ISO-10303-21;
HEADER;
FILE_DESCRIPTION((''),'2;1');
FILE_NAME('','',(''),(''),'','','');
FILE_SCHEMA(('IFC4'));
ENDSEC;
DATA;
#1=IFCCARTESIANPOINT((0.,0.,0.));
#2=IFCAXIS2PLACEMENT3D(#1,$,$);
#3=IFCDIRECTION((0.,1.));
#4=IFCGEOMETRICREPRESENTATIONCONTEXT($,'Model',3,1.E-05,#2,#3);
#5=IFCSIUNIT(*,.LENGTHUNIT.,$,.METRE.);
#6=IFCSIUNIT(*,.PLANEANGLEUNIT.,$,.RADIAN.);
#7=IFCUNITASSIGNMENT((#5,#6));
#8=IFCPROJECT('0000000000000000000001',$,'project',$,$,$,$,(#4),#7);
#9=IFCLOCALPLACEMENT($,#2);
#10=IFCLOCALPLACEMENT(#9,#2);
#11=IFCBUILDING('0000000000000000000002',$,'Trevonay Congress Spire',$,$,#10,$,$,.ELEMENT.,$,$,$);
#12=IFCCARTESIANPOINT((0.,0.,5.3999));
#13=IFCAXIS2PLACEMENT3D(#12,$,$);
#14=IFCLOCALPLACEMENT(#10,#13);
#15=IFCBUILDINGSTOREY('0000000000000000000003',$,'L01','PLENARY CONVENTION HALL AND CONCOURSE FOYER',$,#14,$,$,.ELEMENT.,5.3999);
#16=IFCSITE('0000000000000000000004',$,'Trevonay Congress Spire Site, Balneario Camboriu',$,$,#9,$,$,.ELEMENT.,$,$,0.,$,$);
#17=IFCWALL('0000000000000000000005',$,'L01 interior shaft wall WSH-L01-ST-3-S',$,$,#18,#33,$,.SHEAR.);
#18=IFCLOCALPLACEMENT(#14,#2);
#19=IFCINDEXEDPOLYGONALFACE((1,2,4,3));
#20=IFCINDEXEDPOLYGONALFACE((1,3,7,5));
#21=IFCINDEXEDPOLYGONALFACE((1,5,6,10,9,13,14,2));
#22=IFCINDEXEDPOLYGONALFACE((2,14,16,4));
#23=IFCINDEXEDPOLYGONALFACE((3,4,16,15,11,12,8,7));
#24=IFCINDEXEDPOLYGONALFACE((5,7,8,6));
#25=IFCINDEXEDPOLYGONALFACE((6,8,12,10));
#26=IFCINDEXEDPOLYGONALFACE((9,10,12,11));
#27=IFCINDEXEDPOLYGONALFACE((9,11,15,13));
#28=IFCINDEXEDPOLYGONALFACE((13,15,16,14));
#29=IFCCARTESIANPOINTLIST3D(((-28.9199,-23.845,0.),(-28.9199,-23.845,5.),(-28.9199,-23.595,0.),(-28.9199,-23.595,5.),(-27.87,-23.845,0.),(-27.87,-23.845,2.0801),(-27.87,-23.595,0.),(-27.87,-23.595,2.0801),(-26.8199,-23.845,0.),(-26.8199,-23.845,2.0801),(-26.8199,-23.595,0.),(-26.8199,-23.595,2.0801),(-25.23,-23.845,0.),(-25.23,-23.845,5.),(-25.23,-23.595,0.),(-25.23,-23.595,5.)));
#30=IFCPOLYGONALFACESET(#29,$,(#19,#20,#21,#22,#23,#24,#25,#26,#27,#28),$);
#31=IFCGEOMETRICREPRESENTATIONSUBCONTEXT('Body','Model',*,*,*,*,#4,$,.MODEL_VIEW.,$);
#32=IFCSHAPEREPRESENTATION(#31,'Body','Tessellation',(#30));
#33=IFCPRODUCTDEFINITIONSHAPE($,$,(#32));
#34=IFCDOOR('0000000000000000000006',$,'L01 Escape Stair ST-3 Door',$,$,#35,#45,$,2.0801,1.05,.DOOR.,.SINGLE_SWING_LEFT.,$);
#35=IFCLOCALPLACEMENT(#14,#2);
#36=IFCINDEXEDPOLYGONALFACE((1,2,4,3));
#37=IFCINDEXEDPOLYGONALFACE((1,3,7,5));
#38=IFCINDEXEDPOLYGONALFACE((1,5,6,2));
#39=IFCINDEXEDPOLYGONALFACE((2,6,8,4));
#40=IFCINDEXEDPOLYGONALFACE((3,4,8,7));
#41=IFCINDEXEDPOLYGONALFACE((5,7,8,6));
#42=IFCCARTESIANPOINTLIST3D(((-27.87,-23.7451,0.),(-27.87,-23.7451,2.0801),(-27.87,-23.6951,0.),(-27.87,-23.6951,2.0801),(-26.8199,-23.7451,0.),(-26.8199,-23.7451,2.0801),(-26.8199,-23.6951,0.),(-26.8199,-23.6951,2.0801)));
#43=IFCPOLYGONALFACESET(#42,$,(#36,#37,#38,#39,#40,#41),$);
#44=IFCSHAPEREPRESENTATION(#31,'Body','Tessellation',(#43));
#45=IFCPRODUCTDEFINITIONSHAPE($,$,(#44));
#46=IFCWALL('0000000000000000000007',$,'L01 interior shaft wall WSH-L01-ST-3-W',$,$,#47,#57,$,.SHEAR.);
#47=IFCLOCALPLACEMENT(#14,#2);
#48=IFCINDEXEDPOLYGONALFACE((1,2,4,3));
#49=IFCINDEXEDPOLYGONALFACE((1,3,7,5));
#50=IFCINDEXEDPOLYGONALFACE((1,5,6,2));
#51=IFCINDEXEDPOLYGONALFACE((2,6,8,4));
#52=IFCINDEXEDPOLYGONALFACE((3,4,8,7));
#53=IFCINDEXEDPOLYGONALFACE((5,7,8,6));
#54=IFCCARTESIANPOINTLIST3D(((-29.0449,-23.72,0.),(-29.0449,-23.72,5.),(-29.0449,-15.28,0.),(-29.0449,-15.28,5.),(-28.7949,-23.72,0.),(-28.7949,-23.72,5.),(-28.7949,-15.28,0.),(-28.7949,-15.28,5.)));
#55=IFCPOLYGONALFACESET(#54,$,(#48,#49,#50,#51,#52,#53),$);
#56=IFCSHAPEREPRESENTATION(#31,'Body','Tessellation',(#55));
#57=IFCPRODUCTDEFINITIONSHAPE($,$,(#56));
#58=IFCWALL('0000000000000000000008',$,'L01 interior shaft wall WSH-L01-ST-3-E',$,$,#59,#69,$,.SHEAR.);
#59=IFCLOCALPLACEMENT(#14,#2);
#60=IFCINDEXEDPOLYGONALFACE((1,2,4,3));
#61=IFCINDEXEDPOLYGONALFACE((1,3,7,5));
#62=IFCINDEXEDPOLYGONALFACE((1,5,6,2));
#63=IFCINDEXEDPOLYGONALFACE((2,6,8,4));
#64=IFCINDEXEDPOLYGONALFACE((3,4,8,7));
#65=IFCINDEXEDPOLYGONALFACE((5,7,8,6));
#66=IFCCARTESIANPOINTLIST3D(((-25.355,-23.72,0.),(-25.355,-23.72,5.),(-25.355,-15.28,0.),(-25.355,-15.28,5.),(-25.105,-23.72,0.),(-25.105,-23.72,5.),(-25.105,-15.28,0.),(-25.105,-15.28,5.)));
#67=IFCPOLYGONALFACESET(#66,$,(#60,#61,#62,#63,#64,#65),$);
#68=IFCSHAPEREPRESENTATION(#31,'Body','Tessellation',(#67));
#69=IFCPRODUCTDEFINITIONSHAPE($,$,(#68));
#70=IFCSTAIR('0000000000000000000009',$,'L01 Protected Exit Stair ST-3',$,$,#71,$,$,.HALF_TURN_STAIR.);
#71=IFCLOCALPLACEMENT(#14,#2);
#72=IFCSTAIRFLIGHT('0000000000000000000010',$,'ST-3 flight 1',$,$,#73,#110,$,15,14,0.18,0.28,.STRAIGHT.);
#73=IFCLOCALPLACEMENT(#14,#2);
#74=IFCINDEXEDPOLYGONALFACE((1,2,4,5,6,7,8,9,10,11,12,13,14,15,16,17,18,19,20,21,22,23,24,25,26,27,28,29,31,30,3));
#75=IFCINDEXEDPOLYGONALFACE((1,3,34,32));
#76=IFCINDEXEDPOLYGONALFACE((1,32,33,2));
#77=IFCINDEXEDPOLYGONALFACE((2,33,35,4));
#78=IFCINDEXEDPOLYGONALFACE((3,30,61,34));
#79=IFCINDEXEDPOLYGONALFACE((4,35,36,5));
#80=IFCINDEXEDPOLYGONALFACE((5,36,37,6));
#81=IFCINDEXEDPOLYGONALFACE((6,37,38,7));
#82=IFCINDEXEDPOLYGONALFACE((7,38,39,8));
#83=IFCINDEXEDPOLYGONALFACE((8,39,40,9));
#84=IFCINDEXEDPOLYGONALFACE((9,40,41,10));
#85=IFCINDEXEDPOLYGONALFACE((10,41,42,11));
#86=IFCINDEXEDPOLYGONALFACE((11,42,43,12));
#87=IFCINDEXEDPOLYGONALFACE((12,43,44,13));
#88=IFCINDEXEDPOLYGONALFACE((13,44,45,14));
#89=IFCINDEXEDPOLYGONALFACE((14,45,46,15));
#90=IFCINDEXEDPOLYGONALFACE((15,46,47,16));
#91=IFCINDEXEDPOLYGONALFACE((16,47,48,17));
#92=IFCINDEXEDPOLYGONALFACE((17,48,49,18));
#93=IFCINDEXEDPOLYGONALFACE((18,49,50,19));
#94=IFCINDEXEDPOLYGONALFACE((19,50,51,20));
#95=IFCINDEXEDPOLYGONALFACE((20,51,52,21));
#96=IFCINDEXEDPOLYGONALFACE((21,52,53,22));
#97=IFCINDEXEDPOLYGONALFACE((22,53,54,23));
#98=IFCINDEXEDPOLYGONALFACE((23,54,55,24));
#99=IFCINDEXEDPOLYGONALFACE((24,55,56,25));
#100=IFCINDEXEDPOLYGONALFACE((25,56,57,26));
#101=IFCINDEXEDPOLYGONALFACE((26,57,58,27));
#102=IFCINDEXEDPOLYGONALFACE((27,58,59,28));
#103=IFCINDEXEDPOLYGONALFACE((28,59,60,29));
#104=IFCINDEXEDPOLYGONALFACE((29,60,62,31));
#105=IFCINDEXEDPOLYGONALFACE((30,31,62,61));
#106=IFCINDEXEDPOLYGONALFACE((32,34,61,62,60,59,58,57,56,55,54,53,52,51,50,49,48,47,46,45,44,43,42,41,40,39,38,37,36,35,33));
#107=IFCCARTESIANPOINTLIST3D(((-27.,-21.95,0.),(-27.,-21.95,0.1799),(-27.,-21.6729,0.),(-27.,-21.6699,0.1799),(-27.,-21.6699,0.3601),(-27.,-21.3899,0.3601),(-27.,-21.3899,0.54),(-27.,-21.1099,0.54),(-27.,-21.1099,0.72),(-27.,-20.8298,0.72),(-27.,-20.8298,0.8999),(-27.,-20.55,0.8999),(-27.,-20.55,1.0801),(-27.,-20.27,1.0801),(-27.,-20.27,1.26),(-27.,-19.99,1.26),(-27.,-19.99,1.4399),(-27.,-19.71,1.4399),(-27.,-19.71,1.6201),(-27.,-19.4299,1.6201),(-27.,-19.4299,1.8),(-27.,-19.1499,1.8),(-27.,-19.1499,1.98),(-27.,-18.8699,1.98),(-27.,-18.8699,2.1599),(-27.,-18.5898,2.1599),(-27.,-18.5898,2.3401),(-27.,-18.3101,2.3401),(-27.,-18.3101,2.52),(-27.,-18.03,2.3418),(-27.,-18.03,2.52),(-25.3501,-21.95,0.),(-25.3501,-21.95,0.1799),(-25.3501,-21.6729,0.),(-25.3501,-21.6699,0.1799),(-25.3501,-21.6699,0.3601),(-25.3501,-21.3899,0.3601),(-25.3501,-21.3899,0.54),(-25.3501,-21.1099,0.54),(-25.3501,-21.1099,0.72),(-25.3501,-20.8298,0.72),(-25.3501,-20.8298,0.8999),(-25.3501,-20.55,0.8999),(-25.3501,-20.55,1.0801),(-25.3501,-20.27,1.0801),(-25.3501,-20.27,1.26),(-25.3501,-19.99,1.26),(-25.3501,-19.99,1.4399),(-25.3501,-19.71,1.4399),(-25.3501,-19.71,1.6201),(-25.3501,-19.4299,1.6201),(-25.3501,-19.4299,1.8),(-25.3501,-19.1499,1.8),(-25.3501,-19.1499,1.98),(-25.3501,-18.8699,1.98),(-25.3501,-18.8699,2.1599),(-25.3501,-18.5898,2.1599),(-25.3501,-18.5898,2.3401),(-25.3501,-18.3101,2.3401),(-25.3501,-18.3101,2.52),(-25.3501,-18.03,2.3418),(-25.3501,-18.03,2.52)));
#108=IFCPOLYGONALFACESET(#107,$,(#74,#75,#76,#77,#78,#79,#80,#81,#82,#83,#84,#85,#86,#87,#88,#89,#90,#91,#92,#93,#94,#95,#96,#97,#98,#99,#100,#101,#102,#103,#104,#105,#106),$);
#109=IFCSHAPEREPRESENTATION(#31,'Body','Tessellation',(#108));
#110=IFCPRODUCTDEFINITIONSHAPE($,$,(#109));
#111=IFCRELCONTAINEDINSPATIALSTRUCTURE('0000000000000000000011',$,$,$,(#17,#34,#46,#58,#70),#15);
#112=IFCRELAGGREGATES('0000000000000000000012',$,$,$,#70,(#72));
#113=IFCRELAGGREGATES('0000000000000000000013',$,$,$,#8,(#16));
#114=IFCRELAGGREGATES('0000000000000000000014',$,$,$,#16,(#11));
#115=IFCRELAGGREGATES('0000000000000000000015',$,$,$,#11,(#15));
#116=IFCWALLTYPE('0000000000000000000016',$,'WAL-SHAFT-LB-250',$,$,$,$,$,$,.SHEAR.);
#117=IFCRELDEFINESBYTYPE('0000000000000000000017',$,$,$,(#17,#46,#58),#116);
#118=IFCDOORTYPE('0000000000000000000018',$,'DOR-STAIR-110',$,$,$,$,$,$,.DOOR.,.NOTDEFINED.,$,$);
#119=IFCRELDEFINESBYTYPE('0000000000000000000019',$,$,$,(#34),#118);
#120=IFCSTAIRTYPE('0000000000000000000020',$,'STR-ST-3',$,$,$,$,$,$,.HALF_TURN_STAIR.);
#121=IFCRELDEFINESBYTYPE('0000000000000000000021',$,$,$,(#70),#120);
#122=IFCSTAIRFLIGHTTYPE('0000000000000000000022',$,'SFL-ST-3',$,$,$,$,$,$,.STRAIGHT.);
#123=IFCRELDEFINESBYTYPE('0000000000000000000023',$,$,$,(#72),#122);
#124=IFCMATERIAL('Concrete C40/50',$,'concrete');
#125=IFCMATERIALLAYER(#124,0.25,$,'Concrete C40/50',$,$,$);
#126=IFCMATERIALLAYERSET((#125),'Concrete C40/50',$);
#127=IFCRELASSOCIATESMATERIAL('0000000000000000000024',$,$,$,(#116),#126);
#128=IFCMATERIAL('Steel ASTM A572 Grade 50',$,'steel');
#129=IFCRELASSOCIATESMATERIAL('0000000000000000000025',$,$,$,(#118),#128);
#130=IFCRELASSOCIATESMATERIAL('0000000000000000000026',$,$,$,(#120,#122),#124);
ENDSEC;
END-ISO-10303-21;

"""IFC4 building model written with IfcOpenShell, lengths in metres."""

from ifc_helpers import new_model, si_unit, direction, frame, frame_2d, origin, place, context, subcontext, project, spatial, polyline, rectangle, outline, extrude, material, layer, layer_set, type_object, element, fill, aggregate, save


model = new_model("IFC4")

# Units and contexts
model_context = context("Model", 3, precision=1e-05, world=origin(), true_north=direction((0.0, 1.0)))
body_context = subcontext(model_context, "Body", "Model", "MODEL_VIEW")
ifc_project = project(units=[si_unit("LENGTHUNIT", "METRE"), si_unit("PLANEANGLEUNIT", "RADIAN")], contexts=[model_context])

# Site, building, storey
site_placement = place(None, origin())
site = spatial("IfcSite", under=ifc_project, at=site_placement, Name="Trevonay Congress Spire Site, Balneario Camboriu", CompositionType="ELEMENT", RefElevation=0.0)
building_placement = place(site_placement, origin())
building = spatial("IfcBuilding", under=site, at=building_placement, Name="Trevonay Congress Spire", CompositionType="ELEMENT")
storey_placement = place(building_placement, frame((0.0, 0.0, 5.3999)))
storey = spatial("IfcBuildingStorey", under=building, at=storey_placement, Name="L01", Description="PLENARY CONVENTION HALL AND CONCOURSE FOYER", CompositionType="ELEMENT", Elevation=5.3999)

# Wall, opening, door
ifc_material_1 = material(Name="Concrete C40/50", Category="concrete")
ifc_layer_1 = layer(ifc_material_1, 0.25, Name="Concrete C40/50")
ifc_layer_set_1 = layer_set([ifc_layer_1], Name="Concrete C40/50")
wall_type_1 = type_object("IfcWallType", Name="WAL-SHAFT-LB-250", PredefinedType="SHEAR", material=ifc_layer_set_1)
wall_1_placement = place(storey_placement, frame((-28.9199, -23.72, 0.0), z_axis=(0.0, 0.0, 1.0), x_axis=(1.0, 0.0, 0.0)))
wall_1 = element("IfcWall", 1, at=wall_1_placement, inside=storey, type_object=wall_type_1, Name="L01 interior shaft wall WSH-L01-ST-3-S", PredefinedType="SHEAR", context=body_context, shape_type="SweptSolid", body=[
    extrude(rectangle(XDim=3.6899, YDim=0.25, at=frame_2d((1.845, 0.0))), origin(), (0.0, 0.0, 1.0), 5.0),
])
opening_1_placement = place(wall_1_placement, frame((1.05, 0.0, 0.0)))
opening_1 = element("IfcOpeningElement", 2, at=opening_1_placement, cuts=wall_1, PredefinedType="OPENING", context=body_context, shape_type="SweptSolid", body=[
    extrude(rectangle(XDim=1.05, YDim=2.0801, at=frame_2d((0.5249, 1.04))), frame((0.0, 0.135, 0.0), z_axis=(0.0, -1.0, 0.0), x_axis=(1.0, 0.0, 0.0)), (0.0, 0.0, 1.0), 0.27),
])
ifc_material_2 = material(Name="Steel ASTM A572 Grade 50", Category="steel")
door_type_1 = type_object("IfcDoorType", Name="DOR-STAIR-110", OperationType="NOTDEFINED", PredefinedType="DOOR", material=ifc_material_2)
door_1_placement = place(opening_1_placement, origin())
door_1 = element("IfcDoor", 3, at=door_1_placement, inside=storey, type_object=door_type_1, Name="L01 Escape Stair ST-3 Door", OperationType="SINGLE_SWING_LEFT", OverallHeight=2.0801, OverallWidth=1.05, PredefinedType="DOOR", context=body_context, shape_type="SweptSolid", body=[
    extrude(rectangle(XDim=1.05, YDim=2.0801, at=frame_2d((0.5249, 1.04))), frame((0.0, 0.0249, 0.0), z_axis=(0.0, -1.0, 0.0), x_axis=(1.0, 0.0, 0.0)), (0.0, 0.0, 1.0), 0.05),
])
fill(opening_1, door_1)

# Walls
for number, where, z_axis, x_axis, name in (
    (4, (-28.9199, -23.72, 0.0), (0.0, 0.0, 1.0), (0.0, 1.0, 0.0), "L01 interior shaft wall WSH-L01-ST-3-W"),
    (5, (-25.23, -23.72, 0.0), (0.0, 0.0, 1.0), (0.0, 1.0, 0.0), "L01 interior shaft wall WSH-L01-ST-3-E"),
):
    element("IfcWall", number, at=place(storey_placement, frame(where, z_axis=z_axis, x_axis=x_axis)), inside=storey, type_object=wall_type_1, Name=name, PredefinedType="SHEAR", context=body_context, shape_type="SweptSolid", body=[
        extrude(rectangle(XDim=8.4399, YDim=0.25, at=frame_2d((4.22, 0.0))), origin(), (0.0, 0.0, 1.0), 5.0),
    ])

# Stair, stair flight
stair_type = type_object("IfcStairType", Name="STR-ST-3", PredefinedType="HALF_TURN_STAIR", material=ifc_material_1)
stair_placement = place(storey_placement, origin())
stair = element("IfcStair", 6, at=stair_placement, inside=storey, type_object=stair_type, Name="L01 Protected Exit Stair ST-3", PredefinedType="HALF_TURN_STAIR")
stair_flight_type = type_object("IfcStairFlightType", Name="SFL-ST-3", PredefinedType="STRAIGHT", material=ifc_material_1)
stair_flight_placement = place(storey_placement, frame((-26.175, -21.95, 0.0), z_axis=(0.0, 0.0, 1.0), x_axis=(0.0, 1.0, 0.0)))
stair_flight = element("IfcStairFlight", 7, at=stair_flight_placement, type_object=stair_flight_type, Name="ST-3 flight 1", NumberOfRisers=15, NumberOfTreads=14, PredefinedType="STRAIGHT", RiserHeight=0.18, TreadLength=0.28, context=body_context, shape_type="SweptSolid", body=[
    extrude(outline(polyline([(0.0, 0.0), (0.0, 0.1799), (0.28, 0.1799), (0.28, 0.3601), (0.5601, 0.3601), (0.5601, 0.54), (0.8401, 0.54), (0.8401, 0.72), (1.1201, 0.72), (1.1201, 0.8999), (1.3999, 0.8999), (1.3999, 1.0801), (1.6799, 1.0801), (1.6799, 1.26), (1.96, 1.26), (1.96, 1.4399), (2.24, 1.4399), (2.24, 1.6201), (2.52, 1.6201), (2.52, 1.8), (2.8, 1.8), (2.8, 1.98), (3.0801, 1.98), (3.0801, 2.1599), (3.3601, 2.1599), (3.3601, 2.3401), (3.6399, 2.3401), (3.6399, 2.52), (3.9199, 2.52), (3.9199, 2.7), (3.9199, 2.3418), (0.2771, 0.0), (0.0, 0.0)])), frame((0.0, 0.825, 0.0), z_axis=(0.0, -1.0, 0.0), x_axis=(1.0, 0.0, 0.0)), (0.0, 0.0, 1.0), 1.6499),
])
aggregate(stair, [stair_flight])

save(model, "model.ifc")
